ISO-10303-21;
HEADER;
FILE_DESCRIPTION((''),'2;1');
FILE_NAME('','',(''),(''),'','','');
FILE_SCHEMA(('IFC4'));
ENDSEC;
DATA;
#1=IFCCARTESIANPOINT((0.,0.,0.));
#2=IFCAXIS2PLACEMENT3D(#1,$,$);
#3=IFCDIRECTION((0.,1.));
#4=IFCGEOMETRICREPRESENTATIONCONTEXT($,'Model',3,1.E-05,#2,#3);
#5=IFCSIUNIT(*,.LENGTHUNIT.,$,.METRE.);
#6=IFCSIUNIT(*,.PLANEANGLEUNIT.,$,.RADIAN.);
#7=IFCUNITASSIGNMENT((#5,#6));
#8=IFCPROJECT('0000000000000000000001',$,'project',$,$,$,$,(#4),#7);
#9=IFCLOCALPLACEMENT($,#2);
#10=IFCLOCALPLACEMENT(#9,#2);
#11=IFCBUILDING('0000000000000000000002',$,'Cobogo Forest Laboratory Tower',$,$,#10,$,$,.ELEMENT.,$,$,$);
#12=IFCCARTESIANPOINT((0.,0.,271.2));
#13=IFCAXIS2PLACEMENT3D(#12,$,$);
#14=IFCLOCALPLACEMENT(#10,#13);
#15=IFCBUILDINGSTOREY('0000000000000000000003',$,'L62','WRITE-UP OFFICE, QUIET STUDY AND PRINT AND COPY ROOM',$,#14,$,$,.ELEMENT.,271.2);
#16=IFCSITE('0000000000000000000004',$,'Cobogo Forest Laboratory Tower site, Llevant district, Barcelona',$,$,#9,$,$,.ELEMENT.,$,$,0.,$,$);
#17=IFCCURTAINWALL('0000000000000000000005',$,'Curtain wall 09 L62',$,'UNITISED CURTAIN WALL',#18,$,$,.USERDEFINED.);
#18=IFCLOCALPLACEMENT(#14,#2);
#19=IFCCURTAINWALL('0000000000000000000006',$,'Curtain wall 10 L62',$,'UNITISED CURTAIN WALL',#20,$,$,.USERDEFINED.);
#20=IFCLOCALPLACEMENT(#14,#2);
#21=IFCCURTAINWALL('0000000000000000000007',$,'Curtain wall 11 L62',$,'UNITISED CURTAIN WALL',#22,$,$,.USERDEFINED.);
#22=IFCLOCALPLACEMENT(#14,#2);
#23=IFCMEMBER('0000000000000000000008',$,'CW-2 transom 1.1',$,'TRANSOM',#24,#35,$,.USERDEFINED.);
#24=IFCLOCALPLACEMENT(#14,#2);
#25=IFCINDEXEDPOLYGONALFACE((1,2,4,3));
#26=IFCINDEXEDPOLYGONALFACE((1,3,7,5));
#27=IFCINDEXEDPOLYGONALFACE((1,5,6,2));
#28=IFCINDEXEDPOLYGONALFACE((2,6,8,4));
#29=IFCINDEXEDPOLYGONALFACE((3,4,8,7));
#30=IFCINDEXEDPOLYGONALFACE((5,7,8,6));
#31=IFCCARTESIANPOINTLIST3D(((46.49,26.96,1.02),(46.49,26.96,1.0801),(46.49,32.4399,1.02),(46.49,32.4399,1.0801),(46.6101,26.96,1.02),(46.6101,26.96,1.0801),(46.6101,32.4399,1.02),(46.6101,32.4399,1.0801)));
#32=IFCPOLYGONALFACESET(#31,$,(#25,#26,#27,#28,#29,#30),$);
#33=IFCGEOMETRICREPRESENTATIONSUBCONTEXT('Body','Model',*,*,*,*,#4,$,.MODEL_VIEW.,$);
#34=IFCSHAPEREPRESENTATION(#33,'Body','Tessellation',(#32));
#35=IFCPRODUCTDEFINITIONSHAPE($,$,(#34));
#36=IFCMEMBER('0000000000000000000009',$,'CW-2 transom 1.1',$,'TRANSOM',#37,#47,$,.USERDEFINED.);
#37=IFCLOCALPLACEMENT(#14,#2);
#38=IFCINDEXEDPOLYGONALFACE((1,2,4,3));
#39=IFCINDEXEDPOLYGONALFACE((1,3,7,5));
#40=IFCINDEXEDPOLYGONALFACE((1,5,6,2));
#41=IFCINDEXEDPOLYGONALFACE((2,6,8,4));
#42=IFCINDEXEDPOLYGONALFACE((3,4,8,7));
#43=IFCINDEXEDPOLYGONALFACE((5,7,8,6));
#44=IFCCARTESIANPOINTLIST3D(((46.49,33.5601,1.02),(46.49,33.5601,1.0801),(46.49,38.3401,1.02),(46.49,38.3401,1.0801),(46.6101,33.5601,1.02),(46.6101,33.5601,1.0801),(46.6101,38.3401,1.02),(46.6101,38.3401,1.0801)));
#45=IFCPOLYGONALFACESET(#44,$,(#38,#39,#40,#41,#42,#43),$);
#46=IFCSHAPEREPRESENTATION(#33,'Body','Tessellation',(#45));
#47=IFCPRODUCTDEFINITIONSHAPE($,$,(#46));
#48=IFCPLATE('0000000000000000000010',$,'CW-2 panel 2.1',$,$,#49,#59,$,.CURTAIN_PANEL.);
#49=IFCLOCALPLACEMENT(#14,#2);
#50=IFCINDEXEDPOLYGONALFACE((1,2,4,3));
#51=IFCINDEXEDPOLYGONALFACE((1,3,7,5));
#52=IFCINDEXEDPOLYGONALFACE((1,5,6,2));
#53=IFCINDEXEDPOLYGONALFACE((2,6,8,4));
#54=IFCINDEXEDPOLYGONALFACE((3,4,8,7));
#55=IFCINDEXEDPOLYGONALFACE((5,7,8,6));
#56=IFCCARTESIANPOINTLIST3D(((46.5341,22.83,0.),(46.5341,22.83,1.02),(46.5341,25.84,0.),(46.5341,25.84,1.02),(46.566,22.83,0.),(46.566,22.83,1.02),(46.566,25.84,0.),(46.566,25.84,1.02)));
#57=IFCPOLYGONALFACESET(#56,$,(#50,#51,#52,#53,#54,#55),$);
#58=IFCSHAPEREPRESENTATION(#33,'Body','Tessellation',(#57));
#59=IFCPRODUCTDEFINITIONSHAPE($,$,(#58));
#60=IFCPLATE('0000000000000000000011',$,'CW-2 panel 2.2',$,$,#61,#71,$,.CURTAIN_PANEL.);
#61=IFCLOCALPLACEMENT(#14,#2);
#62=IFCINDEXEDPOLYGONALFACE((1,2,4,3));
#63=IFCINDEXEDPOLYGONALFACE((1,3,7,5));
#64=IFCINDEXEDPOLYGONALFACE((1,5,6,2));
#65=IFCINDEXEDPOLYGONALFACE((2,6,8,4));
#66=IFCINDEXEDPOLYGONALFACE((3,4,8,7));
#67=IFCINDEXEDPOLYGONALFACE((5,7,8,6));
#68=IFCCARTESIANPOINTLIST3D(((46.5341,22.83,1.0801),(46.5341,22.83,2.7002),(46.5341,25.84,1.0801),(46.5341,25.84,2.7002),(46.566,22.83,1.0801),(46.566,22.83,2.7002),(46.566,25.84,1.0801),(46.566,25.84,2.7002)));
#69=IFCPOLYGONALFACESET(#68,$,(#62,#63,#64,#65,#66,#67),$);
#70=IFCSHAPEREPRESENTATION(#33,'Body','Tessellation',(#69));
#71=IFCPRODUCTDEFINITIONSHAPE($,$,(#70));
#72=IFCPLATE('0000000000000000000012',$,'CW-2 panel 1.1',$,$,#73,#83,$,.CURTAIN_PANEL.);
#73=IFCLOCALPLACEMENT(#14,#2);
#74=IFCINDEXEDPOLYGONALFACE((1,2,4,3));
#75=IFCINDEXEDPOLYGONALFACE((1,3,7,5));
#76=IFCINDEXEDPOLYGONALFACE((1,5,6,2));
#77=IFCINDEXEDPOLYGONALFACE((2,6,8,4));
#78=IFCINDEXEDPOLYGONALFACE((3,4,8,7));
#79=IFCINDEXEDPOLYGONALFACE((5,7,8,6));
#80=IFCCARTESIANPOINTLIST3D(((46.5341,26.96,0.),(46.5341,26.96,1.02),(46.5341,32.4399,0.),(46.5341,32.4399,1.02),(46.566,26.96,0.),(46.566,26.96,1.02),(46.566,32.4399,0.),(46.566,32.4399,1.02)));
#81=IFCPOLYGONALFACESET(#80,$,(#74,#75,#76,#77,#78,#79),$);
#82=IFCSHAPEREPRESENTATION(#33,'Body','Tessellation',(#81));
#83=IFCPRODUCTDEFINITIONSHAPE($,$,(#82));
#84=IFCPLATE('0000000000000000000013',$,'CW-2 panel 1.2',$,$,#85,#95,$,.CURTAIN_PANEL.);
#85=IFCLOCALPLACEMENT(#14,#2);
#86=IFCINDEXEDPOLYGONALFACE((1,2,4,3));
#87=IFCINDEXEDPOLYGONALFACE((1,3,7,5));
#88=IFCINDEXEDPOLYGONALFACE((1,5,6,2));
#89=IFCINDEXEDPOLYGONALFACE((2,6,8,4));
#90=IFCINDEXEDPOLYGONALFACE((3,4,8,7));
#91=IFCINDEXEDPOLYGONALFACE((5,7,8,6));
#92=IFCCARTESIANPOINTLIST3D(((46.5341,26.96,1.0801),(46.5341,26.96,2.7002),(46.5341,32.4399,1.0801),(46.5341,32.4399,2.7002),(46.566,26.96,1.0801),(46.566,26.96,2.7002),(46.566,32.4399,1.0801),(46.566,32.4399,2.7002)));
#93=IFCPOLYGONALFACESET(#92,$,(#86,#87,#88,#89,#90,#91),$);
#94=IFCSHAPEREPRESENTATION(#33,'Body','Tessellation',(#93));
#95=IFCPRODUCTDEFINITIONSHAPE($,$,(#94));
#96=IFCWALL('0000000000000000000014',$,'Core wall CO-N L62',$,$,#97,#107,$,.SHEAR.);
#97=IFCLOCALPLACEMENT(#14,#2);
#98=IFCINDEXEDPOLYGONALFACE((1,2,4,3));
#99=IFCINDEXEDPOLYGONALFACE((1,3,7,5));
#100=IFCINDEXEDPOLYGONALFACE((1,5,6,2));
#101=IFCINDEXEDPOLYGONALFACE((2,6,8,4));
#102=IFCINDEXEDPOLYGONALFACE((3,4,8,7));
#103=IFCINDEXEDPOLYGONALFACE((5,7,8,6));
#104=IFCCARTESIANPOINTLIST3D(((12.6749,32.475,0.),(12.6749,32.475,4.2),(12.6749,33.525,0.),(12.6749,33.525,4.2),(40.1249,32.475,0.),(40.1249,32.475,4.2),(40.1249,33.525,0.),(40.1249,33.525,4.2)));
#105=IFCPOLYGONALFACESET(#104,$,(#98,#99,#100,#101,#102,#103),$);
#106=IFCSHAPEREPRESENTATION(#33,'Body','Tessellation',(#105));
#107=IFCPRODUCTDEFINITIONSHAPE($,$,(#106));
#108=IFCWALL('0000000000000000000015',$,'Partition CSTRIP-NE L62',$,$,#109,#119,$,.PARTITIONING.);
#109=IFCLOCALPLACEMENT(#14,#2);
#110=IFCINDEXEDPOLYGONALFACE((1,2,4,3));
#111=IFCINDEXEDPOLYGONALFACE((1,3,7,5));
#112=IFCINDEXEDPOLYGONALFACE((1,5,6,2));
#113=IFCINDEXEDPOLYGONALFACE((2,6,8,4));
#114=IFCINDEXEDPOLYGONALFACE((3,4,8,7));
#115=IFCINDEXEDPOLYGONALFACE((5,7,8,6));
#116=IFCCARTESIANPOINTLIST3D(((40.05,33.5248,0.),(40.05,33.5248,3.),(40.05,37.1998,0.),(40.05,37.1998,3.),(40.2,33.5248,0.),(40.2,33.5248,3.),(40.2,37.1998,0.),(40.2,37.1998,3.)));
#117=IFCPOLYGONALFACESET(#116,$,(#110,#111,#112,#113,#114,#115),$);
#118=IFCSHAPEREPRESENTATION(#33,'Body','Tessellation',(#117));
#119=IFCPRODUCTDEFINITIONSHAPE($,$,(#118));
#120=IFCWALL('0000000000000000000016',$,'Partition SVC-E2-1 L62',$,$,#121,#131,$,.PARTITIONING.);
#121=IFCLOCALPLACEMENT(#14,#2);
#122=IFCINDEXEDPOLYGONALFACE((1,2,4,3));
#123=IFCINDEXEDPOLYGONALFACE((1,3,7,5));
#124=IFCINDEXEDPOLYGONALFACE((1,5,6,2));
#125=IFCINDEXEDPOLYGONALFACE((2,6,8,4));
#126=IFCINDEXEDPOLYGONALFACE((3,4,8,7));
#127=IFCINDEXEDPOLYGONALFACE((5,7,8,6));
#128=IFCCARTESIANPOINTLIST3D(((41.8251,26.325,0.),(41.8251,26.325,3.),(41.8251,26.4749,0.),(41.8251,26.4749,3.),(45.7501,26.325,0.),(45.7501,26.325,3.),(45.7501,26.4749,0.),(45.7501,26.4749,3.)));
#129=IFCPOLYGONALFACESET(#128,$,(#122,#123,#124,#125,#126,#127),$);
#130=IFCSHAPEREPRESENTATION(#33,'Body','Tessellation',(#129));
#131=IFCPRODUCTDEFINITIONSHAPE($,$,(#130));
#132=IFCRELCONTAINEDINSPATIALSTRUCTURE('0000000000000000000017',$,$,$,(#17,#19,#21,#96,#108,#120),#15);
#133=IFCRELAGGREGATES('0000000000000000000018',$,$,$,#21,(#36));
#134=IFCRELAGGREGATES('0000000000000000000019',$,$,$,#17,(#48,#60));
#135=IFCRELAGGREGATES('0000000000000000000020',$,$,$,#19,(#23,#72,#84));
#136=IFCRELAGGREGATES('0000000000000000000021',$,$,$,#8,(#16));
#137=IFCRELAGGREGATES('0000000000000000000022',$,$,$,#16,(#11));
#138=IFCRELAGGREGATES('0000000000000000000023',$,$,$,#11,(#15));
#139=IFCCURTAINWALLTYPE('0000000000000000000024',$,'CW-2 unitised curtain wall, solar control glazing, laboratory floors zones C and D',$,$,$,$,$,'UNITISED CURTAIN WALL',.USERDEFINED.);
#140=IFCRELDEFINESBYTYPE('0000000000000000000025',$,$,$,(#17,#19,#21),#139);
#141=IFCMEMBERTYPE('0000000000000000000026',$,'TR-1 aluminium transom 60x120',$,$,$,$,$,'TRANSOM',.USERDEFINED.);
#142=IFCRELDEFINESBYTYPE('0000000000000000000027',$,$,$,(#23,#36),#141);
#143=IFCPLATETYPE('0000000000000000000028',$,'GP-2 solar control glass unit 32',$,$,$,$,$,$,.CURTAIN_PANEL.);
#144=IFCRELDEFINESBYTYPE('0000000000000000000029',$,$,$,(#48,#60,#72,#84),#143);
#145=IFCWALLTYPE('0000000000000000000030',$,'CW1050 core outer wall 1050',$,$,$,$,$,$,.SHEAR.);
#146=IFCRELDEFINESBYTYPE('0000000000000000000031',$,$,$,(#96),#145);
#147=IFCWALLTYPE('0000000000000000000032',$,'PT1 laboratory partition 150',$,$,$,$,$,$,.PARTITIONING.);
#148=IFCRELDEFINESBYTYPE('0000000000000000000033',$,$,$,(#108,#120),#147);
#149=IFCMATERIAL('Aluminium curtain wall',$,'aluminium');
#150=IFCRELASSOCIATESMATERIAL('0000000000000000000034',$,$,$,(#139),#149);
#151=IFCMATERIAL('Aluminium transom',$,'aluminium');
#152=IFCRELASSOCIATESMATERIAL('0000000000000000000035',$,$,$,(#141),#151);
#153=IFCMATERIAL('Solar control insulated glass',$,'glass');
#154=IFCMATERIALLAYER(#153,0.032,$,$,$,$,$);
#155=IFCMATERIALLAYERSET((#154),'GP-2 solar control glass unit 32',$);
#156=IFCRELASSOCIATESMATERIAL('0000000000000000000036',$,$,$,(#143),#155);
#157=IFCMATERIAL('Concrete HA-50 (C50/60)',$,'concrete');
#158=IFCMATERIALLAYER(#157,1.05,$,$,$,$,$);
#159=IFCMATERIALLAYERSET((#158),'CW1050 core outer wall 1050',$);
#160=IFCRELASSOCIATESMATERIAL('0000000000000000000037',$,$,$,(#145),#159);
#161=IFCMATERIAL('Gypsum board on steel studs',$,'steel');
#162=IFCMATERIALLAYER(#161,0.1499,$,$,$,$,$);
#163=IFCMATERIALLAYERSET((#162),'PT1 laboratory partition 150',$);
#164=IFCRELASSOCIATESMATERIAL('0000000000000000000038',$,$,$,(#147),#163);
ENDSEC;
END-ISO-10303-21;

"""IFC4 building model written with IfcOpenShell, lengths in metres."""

from ifc_helpers import new_model, si_unit, direction, frame, frame_2d, origin, origin_2d, place, context, subcontext, project, spatial, rectangle, extrude, material, layer, layer_set, material_profile, profile_set, type_object, element, aggregate, save


model = new_model("IFC4")

# Units and contexts
model_context = context("Model", 3, precision=1e-05, world=origin(), true_north=direction((0.0, 1.0)))
body_context = subcontext(model_context, "Body", "Model", "MODEL_VIEW")
ifc_project = project(units=[si_unit("LENGTHUNIT", "METRE"), si_unit("PLANEANGLEUNIT", "RADIAN")], contexts=[model_context])

# Site, building, storey
site_placement = place(None, origin())
site = spatial("IfcSite", under=ifc_project, at=site_placement, Name="Cobogo Forest Laboratory Tower site, Llevant district, Barcelona", CompositionType="ELEMENT", RefElevation=0.0)
building_placement = place(site_placement, origin())
building = spatial("IfcBuilding", under=site, at=building_placement, Name="Cobogo Forest Laboratory Tower", CompositionType="ELEMENT")
storey_placement = place(building_placement, frame((0.0, 0.0, 271.2)))
storey = spatial("IfcBuildingStorey", under=building, at=storey_placement, Name="L62", Description="WRITE-UP OFFICE, QUIET STUDY AND PRINT AND COPY ROOM", CompositionType="ELEMENT", Elevation=271.2)

# Shared definitions
ifc_material_1 = material(Name="Concrete HA-50 (C50/60)", Category="concrete")

# Curtain walls
ifc_material_2 = material(Name="Aluminium curtain wall", Category="aluminium")
curtain_wall_type = type_object("IfcCurtainWallType", Name="CW-2 unitised curtain wall, solar control glazing, laboratory floors zones C and D", ElementType="UNITISED CURTAIN WALL", PredefinedType="USERDEFINED", material=ifc_material_2)
curtain_wall_1_placement = place(storey_placement, origin())
curtain_wall_1 = element("IfcCurtainWall", 1, at=curtain_wall_1_placement, inside=storey, type_object=curtain_wall_type, Name="Curtain wall 09 L62", ObjectType="UNITISED CURTAIN WALL", PredefinedType="USERDEFINED")
curtain_wall_2_placement = place(storey_placement, origin())
curtain_wall_2 = element("IfcCurtainWall", 2, at=curtain_wall_2_placement, inside=storey, type_object=curtain_wall_type, Name="Curtain wall 10 L62", ObjectType="UNITISED CURTAIN WALL", PredefinedType="USERDEFINED")

# Curtain wall
curtain_wall_3_placement = place(storey_placement, origin())
curtain_wall_3 = element("IfcCurtainWall", 3, at=curtain_wall_3_placement, inside=storey, type_object=curtain_wall_type, Name="Curtain wall 11 L62", ObjectType="UNITISED CURTAIN WALL", PredefinedType="USERDEFINED")

# Members
ifc_material_3 = material(Name="Aluminium transom", Category="aluminium")
ifc_material_profile_1 = material_profile(ifc_material_3, rectangle(XDim=0.1201, YDim=0.0601, at=origin_2d()), Name="AL 60x120")
ifc_profile_set_1 = profile_set([ifc_material_profile_1], Name="Aluminium transom")
member_type_1 = type_object("IfcMemberType", Name="TR-1 aluminium transom 60x120", ElementType="TRANSOM", PredefinedType="USERDEFINED", material=ifc_profile_set_1)
member_1_placement = place(storey_placement, frame((46.55, 26.96, 1.05), z_axis=(0.0, 1.0, 0.0), x_axis=(-1.0, 0.0, 0.0)))
member_1 = element("IfcMember", 4, at=member_1_placement, type_object=member_type_1, Name="CW-2 transom 1.1", ObjectType="TRANSOM", PredefinedType="USERDEFINED", context=body_context, shape_type="SweptSolid", body=[
    extrude(rectangle(XDim=0.1201, YDim=0.0601, at=origin_2d()), origin(), (0.0, 0.0, 1.0), 5.48),
])
member_2_placement = place(storey_placement, frame((46.55, 33.5601, 1.05), z_axis=(0.0, 1.0, 0.0), x_axis=(-1.0, 0.0, 0.0)))
member_2 = element("IfcMember", 5, at=member_2_placement, type_object=member_type_1, Name="CW-2 transom 1.1", ObjectType="TRANSOM", PredefinedType="USERDEFINED", context=body_context, shape_type="SweptSolid", body=[
    extrude(rectangle(XDim=0.1201, YDim=0.0601, at=origin_2d()), origin(), (0.0, 0.0, 1.0), 4.78),
])
aggregate(curtain_wall_3, [member_2])

# Plates
ifc_material_4 = material(Name="Solar control insulated glass", Category="glass")
ifc_layer_1 = layer(ifc_material_4, 0.032)
ifc_layer_set_1 = layer_set([ifc_layer_1], Name="GP-2 solar control glass unit 32")
plate_type_1 = type_object("IfcPlateType", Name="GP-2 solar control glass unit 32", PredefinedType="CURTAIN_PANEL", material=ifc_layer_set_1)
plate_1_placement = place(storey_placement, frame((46.55, 24.335, 0.0), z_axis=(0.0, 0.0, 1.0), x_axis=(0.0, 1.0, 0.0)))
plate_1 = element("IfcPlate", 6, at=plate_1_placement, type_object=plate_type_1, Name="CW-2 panel 2.1", PredefinedType="CURTAIN_PANEL", context=body_context, shape_type="SweptSolid", body=[
    extrude(rectangle(XDim=3.01, YDim=0.032, at=origin_2d()), origin(), (0.0, 0.0, 1.0), 1.02),
])
plate_2_placement = place(storey_placement, frame((46.55, 24.335, 1.0801), z_axis=(0.0, 0.0, 1.0), x_axis=(0.0, 1.0, 0.0)))
plate_2 = element("IfcPlate", 7, at=plate_2_placement, type_object=plate_type_1, Name="CW-2 panel 2.2", PredefinedType="CURTAIN_PANEL", context=body_context, shape_type="SweptSolid", body=[
    extrude(rectangle(XDim=3.01, YDim=0.032, at=origin_2d()), origin(), (0.0, 0.0, 1.0), 1.6201),
])
aggregate(curtain_wall_1, [plate_1, plate_2])
plate_3_placement = place(storey_placement, frame((46.55, 29.7, 0.0), z_axis=(0.0, 0.0, 1.0), x_axis=(0.0, 1.0, 0.0)))
plate_3 = element("IfcPlate", 8, at=plate_3_placement, type_object=plate_type_1, Name="CW-2 panel 1.1", PredefinedType="CURTAIN_PANEL", context=body_context, shape_type="SweptSolid", body=[
    extrude(rectangle(XDim=5.48, YDim=0.032, at=origin_2d()), origin(), (0.0, 0.0, 1.0), 1.02),
])
plate_4_placement = place(storey_placement, frame((46.55, 29.7, 1.0801), z_axis=(0.0, 0.0, 1.0), x_axis=(0.0, 1.0, 0.0)))
plate_4 = element("IfcPlate", 9, at=plate_4_placement, type_object=plate_type_1, Name="CW-2 panel 1.2", PredefinedType="CURTAIN_PANEL", context=body_context, shape_type="SweptSolid", body=[
    extrude(rectangle(XDim=5.48, YDim=0.032, at=origin_2d()), origin(), (0.0, 0.0, 1.0), 1.6201),
])
aggregate(curtain_wall_2, [member_1, plate_3, plate_4])

# Walls
ifc_layer_2 = layer(ifc_material_1, 1.05)
ifc_layer_set_2 = layer_set([ifc_layer_2], Name="CW1050 core outer wall 1050")
wall_type_1 = type_object("IfcWallType", Name="CW1050 core outer wall 1050", PredefinedType="SHEAR", material=ifc_layer_set_2)
wall_1_placement = place(storey_placement, frame((40.125, 33.0, 0.0), z_axis=(0.0, 0.0, 1.0), x_axis=(-1.0, 0.0, 0.0)))
element("IfcWall", 10, at=wall_1_placement, inside=storey, type_object=wall_type_1, Name="Core wall CO-N L62", PredefinedType="SHEAR", context=body_context, shape_type="SweptSolid", body=[
    extrude(rectangle(XDim=27.45, YDim=1.05, at=frame_2d((13.7251, 0.0))), origin(), (0.0, 0.0, 1.0), 4.2),
])
ifc_material_5 = material(Name="Gypsum board on steel studs", Category="steel")
ifc_layer_3 = layer(ifc_material_5, 0.1499)
ifc_layer_set_3 = layer_set([ifc_layer_3], Name="PT1 laboratory partition 150")
wall_type_2 = type_object("IfcWallType", Name="PT1 laboratory partition 150", PredefinedType="PARTITIONING", material=ifc_layer_set_3)
wall_2_placement = place(storey_placement, frame((40.125, 33.5249, 0.0), z_axis=(0.0, 0.0, 1.0), x_axis=(0.0, 1.0, 0.0)))
element("IfcWall", 11, at=wall_2_placement, inside=storey, type_object=wall_type_2, Name="Partition CSTRIP-NE L62", PredefinedType="PARTITIONING", context=body_context, shape_type="SweptSolid", body=[
    extrude(rectangle(XDim=3.675, YDim=0.1499, at=frame_2d((1.8374, 0.0))), origin(), (0.0, 0.0, 1.0), 3.0),
])
wall_3_placement = place(storey_placement, frame((45.75, 26.3999, 0.0), z_axis=(0.0, 0.0, 1.0), x_axis=(-1.0, 0.0, 0.0)))
element("IfcWall", 12, at=wall_3_placement, inside=storey, type_object=wall_type_2, Name="Partition SVC-E2-1 L62", PredefinedType="PARTITIONING", context=body_context, shape_type="SweptSolid", body=[
    extrude(rectangle(XDim=3.925, YDim=0.1499, at=frame_2d((1.9624, 0.0))), origin(), (0.0, 0.0, 1.0), 3.0),
])

save(model, "model.ifc")
